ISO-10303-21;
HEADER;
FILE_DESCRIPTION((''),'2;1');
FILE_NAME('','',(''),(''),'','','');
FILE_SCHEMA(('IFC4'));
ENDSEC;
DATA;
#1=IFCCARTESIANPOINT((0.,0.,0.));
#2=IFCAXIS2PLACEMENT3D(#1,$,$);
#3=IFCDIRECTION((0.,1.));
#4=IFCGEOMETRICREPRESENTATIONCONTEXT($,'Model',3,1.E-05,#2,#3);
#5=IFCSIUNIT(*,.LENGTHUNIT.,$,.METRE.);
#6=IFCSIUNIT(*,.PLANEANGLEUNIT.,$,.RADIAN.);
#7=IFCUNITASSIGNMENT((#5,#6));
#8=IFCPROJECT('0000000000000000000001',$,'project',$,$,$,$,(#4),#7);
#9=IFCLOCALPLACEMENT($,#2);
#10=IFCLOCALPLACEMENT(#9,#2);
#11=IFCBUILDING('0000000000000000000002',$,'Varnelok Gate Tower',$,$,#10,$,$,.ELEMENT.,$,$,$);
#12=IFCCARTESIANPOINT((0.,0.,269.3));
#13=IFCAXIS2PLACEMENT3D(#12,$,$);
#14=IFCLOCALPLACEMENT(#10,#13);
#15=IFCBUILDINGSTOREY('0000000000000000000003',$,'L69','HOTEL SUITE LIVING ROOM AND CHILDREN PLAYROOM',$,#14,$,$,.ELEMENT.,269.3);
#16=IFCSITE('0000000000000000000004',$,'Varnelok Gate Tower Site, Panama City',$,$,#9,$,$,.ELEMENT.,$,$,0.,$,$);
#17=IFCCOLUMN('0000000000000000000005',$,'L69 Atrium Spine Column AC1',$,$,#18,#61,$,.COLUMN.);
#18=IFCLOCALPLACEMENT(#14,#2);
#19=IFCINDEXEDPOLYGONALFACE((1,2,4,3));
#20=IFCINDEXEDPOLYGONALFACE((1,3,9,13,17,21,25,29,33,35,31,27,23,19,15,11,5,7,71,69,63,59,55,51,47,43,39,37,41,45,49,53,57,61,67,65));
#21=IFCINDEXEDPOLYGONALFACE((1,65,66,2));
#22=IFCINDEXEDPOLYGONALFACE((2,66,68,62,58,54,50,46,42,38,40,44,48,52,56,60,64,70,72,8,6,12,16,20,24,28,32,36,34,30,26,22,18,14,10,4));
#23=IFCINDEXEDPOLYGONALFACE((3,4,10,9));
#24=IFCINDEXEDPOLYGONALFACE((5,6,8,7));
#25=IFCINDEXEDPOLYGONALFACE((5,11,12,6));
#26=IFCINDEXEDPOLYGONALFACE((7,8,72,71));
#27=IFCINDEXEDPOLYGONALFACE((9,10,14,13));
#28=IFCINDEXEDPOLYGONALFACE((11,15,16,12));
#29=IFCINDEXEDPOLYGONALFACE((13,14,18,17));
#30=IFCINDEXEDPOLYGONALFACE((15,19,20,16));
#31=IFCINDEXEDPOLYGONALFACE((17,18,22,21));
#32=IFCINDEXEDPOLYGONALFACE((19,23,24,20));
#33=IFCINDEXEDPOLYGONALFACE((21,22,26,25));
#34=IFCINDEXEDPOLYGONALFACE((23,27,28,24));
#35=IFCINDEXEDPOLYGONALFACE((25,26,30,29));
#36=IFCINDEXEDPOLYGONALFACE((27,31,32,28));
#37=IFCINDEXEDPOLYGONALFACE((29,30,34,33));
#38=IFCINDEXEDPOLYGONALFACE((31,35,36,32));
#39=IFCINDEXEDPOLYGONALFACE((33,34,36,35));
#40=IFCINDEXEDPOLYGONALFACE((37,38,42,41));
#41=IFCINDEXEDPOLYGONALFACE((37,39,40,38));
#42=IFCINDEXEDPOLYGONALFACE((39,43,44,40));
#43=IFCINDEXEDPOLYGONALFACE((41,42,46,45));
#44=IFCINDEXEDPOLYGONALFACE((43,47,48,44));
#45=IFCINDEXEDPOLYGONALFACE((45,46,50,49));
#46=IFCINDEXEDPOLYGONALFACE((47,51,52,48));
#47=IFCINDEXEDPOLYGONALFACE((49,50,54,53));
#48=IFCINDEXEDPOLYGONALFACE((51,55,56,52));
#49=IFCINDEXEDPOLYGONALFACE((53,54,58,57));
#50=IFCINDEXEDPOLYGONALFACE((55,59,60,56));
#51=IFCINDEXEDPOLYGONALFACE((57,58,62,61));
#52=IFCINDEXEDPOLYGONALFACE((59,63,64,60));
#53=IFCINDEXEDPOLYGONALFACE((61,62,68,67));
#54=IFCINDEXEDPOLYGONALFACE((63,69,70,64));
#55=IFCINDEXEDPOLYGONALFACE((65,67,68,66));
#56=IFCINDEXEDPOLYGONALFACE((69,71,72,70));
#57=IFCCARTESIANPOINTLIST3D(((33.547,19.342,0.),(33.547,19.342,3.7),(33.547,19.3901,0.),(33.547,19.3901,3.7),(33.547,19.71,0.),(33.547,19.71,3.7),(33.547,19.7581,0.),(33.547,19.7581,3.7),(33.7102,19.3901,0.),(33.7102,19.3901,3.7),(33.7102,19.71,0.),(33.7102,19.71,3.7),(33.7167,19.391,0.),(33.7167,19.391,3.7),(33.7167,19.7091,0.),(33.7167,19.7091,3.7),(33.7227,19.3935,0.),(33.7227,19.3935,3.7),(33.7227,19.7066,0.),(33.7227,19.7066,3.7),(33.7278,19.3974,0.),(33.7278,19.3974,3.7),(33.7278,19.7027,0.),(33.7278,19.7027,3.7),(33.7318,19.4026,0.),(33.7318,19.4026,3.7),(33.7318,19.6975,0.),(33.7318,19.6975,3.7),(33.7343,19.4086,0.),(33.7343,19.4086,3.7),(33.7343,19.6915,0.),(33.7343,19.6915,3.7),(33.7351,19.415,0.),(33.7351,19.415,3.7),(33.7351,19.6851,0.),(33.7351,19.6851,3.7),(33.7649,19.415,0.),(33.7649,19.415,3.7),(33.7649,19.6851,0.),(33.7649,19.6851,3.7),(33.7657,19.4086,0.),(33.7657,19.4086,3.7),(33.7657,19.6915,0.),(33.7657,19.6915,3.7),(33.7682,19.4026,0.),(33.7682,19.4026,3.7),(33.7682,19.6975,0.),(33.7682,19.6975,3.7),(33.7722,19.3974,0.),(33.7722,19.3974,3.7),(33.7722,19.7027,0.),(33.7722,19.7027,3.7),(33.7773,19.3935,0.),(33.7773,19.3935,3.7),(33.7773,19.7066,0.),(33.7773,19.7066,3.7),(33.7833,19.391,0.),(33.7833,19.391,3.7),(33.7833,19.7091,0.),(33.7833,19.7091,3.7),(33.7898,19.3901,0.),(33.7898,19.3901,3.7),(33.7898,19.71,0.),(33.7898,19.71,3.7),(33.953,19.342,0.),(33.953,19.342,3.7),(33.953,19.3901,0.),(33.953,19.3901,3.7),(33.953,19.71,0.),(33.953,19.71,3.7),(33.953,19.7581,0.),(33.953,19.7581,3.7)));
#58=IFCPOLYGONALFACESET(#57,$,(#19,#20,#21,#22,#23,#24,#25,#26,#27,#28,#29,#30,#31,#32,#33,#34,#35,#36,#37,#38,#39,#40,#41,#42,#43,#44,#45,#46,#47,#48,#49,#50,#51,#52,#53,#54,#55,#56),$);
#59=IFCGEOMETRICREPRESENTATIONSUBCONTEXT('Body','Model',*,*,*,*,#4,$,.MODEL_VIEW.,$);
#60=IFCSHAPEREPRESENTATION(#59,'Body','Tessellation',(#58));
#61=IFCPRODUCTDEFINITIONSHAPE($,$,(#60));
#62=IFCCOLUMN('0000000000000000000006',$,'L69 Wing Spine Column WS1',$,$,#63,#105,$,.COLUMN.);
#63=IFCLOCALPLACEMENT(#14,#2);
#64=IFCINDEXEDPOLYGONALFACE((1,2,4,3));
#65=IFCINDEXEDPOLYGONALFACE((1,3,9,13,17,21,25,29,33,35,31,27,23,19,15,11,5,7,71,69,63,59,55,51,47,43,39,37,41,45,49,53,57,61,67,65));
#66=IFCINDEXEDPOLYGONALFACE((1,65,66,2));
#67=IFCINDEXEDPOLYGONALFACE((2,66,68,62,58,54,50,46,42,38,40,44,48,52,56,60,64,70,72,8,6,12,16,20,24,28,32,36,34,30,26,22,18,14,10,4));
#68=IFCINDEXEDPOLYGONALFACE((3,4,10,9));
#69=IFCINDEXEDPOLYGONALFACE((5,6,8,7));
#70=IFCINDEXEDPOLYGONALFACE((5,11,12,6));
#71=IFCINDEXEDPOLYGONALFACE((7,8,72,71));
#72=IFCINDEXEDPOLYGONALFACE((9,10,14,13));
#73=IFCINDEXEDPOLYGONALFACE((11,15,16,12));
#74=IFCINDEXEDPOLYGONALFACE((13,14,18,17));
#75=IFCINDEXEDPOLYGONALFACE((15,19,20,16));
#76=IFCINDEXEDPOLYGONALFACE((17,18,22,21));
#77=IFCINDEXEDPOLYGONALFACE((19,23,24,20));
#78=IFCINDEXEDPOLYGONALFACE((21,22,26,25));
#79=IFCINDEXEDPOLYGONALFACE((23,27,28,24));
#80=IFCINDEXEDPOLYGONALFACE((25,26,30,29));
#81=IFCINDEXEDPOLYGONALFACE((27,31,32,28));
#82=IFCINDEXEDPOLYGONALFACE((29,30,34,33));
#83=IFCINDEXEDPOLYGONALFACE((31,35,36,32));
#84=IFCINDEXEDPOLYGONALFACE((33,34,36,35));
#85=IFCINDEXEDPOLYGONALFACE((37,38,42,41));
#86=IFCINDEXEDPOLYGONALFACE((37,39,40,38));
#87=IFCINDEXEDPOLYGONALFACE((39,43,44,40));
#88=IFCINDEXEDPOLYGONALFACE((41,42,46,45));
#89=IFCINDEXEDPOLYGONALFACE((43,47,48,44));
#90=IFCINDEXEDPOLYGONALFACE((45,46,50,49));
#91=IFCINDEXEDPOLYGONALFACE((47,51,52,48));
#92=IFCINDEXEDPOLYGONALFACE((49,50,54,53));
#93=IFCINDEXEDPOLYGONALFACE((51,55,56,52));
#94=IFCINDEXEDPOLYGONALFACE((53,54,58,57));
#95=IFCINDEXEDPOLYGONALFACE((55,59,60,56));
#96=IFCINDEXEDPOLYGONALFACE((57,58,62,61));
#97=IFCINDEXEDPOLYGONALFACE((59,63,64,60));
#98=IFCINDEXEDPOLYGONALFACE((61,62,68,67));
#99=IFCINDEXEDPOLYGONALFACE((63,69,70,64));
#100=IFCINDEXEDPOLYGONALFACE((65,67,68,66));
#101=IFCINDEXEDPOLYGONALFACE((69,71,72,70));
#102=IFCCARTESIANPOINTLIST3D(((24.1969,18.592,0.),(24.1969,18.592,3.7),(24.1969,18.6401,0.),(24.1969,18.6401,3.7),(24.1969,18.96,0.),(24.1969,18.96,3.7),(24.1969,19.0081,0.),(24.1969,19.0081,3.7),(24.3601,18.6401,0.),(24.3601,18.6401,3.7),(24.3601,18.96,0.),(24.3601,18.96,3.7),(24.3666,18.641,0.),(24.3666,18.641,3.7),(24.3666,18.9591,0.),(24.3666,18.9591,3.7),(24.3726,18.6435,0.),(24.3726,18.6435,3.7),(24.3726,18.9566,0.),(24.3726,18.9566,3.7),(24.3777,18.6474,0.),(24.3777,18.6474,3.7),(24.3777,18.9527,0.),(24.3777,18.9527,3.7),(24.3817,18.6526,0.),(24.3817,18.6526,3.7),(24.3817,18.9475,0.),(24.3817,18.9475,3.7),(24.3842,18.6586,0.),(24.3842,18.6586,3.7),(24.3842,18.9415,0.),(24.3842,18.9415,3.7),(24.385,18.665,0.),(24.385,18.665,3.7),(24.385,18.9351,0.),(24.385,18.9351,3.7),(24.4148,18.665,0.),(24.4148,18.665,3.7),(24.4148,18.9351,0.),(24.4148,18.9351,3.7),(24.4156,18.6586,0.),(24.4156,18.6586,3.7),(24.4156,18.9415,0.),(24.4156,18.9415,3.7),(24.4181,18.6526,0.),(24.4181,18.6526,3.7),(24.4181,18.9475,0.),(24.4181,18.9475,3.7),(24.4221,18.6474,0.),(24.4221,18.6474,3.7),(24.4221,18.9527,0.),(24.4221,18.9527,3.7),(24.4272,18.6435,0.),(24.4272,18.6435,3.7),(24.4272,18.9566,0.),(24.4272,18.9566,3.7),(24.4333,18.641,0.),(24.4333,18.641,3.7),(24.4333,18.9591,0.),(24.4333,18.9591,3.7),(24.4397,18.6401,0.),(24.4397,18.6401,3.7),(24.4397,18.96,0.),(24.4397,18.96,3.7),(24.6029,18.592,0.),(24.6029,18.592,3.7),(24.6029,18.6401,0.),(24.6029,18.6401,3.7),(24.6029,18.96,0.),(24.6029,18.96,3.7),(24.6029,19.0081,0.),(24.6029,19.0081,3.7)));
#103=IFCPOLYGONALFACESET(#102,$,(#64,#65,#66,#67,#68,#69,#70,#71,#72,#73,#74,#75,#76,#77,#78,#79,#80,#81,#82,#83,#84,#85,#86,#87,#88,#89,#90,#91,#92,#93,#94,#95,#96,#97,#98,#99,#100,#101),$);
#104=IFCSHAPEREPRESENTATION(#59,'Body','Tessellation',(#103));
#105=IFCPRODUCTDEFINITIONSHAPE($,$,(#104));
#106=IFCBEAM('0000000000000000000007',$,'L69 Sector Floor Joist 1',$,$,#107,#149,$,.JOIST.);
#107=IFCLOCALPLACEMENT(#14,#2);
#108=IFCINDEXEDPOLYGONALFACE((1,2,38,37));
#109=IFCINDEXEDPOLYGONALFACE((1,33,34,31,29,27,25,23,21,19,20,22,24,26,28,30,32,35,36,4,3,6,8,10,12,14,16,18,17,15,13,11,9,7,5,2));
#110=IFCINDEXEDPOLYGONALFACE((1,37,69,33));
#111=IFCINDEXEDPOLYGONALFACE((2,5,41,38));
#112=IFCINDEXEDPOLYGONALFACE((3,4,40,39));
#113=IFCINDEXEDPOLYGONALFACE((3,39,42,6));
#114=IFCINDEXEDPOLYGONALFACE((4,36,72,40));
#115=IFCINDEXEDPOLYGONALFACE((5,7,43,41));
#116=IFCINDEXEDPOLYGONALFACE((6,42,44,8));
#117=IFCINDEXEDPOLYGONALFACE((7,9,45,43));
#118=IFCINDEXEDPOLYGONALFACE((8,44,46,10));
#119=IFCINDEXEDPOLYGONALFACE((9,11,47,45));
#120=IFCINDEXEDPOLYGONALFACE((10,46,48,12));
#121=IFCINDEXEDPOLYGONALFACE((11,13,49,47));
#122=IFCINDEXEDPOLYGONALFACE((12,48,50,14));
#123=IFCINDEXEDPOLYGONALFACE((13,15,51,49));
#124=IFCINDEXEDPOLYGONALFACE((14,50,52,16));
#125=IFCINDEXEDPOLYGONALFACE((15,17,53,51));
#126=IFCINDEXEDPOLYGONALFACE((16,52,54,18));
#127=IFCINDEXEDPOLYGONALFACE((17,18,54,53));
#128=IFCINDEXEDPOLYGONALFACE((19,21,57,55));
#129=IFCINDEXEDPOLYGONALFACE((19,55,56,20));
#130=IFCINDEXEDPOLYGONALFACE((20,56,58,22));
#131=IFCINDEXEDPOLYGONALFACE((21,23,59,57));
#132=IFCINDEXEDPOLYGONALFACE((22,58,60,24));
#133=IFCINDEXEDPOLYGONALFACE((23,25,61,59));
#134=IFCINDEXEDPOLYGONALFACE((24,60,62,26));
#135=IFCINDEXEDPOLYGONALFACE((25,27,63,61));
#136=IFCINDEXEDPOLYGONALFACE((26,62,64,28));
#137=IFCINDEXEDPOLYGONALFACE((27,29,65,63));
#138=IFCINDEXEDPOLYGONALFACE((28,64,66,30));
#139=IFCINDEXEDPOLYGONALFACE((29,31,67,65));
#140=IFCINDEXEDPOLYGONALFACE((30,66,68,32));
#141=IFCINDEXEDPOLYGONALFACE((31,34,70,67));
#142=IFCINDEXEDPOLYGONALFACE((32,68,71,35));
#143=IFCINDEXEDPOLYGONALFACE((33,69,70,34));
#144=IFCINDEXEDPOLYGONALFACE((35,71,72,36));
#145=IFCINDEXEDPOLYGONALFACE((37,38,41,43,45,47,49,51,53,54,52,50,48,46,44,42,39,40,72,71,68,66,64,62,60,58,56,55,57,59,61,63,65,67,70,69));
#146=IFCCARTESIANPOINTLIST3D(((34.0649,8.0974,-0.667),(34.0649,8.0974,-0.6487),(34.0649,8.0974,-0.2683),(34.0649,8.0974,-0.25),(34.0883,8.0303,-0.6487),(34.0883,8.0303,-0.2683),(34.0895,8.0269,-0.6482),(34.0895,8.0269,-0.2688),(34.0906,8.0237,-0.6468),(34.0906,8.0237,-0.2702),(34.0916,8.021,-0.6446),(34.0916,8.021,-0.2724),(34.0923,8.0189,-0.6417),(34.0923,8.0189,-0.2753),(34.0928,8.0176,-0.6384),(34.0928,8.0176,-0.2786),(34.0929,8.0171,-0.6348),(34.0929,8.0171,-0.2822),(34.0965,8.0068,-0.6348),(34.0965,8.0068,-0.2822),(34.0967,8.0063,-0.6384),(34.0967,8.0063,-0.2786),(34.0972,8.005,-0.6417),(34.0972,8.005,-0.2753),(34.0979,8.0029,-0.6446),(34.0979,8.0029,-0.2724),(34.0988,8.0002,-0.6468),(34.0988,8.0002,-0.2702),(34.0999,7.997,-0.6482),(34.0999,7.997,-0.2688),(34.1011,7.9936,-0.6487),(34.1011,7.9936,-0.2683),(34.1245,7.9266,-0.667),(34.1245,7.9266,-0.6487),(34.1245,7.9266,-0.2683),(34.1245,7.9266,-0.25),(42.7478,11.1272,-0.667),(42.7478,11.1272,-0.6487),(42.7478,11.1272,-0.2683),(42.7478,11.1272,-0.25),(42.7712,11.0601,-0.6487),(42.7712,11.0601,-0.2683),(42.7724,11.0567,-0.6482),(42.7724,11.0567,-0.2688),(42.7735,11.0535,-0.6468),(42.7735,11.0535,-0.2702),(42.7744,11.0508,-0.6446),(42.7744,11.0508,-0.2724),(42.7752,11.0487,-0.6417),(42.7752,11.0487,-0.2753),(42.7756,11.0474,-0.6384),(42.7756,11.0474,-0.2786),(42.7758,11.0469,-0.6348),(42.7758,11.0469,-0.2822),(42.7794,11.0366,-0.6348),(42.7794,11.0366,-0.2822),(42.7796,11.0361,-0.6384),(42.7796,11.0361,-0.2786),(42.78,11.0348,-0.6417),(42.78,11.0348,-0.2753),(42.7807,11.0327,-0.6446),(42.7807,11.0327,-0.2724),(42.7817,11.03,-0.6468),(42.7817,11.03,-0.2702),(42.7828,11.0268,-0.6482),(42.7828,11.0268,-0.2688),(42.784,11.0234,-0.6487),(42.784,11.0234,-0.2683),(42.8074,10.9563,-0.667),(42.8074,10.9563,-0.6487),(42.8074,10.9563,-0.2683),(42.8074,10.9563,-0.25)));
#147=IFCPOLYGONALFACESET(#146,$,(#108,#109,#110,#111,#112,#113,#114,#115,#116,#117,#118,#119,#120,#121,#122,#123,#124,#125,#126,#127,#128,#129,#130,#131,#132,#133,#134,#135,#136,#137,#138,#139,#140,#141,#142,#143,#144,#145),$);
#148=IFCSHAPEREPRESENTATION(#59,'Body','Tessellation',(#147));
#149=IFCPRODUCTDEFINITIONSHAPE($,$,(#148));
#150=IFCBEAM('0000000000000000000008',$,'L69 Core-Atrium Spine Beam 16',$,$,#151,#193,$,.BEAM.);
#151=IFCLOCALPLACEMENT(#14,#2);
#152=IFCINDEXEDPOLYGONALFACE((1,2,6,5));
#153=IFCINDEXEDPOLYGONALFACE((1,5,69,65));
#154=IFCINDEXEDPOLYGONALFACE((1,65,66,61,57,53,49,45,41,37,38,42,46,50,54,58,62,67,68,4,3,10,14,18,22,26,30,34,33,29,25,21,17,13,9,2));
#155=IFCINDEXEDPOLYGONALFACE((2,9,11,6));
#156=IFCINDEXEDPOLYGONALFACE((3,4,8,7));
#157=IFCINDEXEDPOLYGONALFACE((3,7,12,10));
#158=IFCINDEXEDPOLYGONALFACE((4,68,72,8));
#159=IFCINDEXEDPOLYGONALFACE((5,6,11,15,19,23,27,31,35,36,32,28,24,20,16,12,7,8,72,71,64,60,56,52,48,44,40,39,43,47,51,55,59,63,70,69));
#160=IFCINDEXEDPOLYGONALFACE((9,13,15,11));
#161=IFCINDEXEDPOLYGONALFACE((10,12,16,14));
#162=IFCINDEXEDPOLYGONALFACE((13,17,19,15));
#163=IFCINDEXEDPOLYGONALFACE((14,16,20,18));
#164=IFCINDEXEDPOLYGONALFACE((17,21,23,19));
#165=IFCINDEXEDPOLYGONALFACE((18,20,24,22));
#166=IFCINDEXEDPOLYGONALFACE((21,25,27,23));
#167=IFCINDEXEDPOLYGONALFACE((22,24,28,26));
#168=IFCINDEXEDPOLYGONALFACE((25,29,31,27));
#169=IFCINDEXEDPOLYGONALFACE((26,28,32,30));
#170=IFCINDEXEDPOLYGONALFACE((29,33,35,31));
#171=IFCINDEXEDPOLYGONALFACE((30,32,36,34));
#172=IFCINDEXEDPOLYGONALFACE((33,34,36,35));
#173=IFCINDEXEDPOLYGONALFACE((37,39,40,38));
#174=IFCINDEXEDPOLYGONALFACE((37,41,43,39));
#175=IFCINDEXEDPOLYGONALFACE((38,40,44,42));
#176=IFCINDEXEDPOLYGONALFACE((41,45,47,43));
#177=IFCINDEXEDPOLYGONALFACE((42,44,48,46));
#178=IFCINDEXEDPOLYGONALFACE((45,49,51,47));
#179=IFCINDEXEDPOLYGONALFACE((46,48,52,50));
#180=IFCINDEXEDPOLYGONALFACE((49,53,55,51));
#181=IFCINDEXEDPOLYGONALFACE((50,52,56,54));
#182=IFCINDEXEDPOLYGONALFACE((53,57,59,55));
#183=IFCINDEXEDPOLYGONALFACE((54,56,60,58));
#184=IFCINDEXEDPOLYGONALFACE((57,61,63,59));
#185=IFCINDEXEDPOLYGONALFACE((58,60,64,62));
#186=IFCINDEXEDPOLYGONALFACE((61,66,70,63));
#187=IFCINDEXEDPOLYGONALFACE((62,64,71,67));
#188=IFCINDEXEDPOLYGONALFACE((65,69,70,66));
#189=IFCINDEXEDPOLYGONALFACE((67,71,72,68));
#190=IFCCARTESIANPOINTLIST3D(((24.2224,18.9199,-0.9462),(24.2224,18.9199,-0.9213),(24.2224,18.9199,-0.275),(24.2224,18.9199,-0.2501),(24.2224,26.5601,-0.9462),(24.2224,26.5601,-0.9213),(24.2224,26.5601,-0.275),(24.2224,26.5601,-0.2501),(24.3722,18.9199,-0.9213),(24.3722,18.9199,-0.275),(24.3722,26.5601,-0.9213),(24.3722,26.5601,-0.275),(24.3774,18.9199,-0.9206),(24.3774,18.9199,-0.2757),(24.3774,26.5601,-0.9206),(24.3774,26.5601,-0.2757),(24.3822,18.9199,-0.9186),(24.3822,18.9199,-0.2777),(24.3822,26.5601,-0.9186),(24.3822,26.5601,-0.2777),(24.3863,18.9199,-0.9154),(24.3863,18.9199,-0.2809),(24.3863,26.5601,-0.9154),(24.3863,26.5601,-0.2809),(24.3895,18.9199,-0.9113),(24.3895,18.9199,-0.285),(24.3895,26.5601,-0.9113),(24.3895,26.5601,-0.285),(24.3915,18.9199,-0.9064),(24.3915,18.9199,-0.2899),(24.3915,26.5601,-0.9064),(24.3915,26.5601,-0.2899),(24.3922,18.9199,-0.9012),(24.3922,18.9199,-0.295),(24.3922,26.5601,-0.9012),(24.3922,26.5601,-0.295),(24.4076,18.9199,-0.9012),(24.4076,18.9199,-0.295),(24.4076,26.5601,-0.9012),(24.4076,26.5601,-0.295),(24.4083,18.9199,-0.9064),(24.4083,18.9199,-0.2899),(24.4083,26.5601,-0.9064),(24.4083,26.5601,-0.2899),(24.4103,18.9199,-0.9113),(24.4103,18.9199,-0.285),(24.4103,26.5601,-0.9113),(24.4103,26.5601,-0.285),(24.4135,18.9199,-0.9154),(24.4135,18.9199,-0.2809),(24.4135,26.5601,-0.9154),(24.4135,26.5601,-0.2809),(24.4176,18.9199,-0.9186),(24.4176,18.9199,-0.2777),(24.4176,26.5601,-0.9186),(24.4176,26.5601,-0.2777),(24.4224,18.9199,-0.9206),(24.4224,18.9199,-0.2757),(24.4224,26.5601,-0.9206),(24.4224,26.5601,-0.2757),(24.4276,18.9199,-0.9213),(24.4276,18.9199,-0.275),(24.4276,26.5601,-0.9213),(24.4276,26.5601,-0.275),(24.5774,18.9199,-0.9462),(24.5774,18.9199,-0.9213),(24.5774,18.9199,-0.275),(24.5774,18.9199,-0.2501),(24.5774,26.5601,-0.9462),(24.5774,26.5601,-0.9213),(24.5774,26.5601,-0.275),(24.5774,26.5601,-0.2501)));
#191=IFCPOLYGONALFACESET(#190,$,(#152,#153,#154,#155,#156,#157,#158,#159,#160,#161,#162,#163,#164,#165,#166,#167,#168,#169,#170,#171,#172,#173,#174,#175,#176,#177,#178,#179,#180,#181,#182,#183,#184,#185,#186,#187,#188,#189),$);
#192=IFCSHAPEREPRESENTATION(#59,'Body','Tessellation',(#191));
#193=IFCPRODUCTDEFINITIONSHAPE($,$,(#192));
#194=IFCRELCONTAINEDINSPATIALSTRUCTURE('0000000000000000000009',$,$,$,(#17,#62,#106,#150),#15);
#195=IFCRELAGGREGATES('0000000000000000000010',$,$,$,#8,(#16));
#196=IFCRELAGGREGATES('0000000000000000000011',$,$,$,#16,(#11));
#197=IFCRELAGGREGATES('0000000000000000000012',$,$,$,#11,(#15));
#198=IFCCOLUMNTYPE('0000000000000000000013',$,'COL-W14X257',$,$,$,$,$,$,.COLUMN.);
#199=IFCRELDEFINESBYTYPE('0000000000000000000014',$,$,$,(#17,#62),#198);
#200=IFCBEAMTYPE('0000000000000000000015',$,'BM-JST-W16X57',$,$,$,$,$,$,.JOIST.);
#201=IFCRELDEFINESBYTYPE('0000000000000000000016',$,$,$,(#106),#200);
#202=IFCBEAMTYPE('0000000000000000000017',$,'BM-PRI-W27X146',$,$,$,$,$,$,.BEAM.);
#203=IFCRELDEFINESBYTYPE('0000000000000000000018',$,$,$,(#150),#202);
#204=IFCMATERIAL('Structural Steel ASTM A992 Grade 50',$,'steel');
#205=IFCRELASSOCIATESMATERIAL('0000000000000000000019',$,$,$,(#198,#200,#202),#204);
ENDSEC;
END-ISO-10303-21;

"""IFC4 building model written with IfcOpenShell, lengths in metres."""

from ifc_helpers import new_model, si_unit, direction, frame, origin, origin_2d, place, context, subcontext, project, spatial, i_section, extrude, material, material_profile, profile_set, type_object, element, save


model = new_model("IFC4")

# Units and contexts
model_context = context("Model", 3, precision=1e-05, world=origin(), true_north=direction((0.0, 1.0)))
body_context = subcontext(model_context, "Body", "Model", "MODEL_VIEW")
ifc_project = project(units=[si_unit("LENGTHUNIT", "METRE"), si_unit("PLANEANGLEUNIT", "RADIAN")], contexts=[model_context])

# Site, building, storey
site_placement = place(None, origin())
site = spatial("IfcSite", under=ifc_project, at=site_placement, Name="Varnelok Gate Tower Site, Panama City", CompositionType="ELEMENT", RefElevation=0.0)
building_placement = place(site_placement, origin())
building = spatial("IfcBuilding", under=site, at=building_placement, Name="Varnelok Gate Tower", CompositionType="ELEMENT")
storey_placement = place(building_placement, frame((0.0, 0.0, 269.3)))
storey = spatial("IfcBuildingStorey", under=building, at=storey_placement, Name="L69", Description="HOTEL SUITE LIVING ROOM AND CHILDREN PLAYROOM", CompositionType="ELEMENT", Elevation=269.3)

# Columns
ifc_material_1 = material(Name="Structural Steel ASTM A992 Grade 50", Category="steel")
ifc_material_profile_1 = material_profile(ifc_material_1, i_section(OverallWidth=0.406, OverallDepth=0.416, WebThickness=0.0298, FlangeThickness=0.0481, FilletRadius=0.0249, at=origin_2d()), Name="W14X257")
ifc_profile_set_1 = profile_set([ifc_material_profile_1], Name="Structural Steel ASTM A992 Grade 50")
column_type = type_object("IfcColumnType", Name="COL-W14X257", PredefinedType="COLUMN", material=ifc_profile_set_1)
for number, where, z_axis, x_axis, name in (
    (1, (33.75, 19.55, 0.0), (0.0, 0.0, 1.0), (1.0, 0.0, 0.0), "L69 Atrium Spine Column AC1"),
    (2, (24.3999, 18.8, 0.0), (0.0, 0.0, 1.0), (1.0, 0.0, 0.0), "L69 Wing Spine Column WS1"),
):
    element("IfcColumn", number, at=place(storey_placement, frame(where, z_axis=z_axis, x_axis=x_axis)), inside=storey, type_object=column_type, Name=name, PredefinedType="COLUMN", context=body_context, shape_type="SweptSolid", body=[
        extrude(i_section(OverallWidth=0.406, OverallDepth=0.416, WebThickness=0.0298, FlangeThickness=0.0481, FilletRadius=0.0249, at=origin_2d()), origin(), (0.0, 0.0, 1.0), 3.7),
    ])

# Beams
ifc_material_profile_2 = material_profile(ifc_material_1, i_section(OverallWidth=0.1809, OverallDepth=0.417, WebThickness=0.011, FlangeThickness=0.0183, FilletRadius=0.0139, at=origin_2d()), Name="W16X57")
ifc_profile_set_2 = profile_set([ifc_material_profile_2], Name="Structural Steel ASTM A992 Grade 50")
beam_type_1 = type_object("IfcBeamType", Name="BM-JST-W16X57", PredefinedType="JOIST", material=ifc_profile_set_2)
beam_1_placement = place(storey_placement, frame((34.0947, 8.012, -0.4585), z_axis=(0.94417, 0.329457, 0.0), x_axis=(-0.329457, 0.94417, 0.0)))
element("IfcBeam", 3, at=beam_1_placement, inside=storey, type_object=beam_type_1, Name="L69 Sector Floor Joist 1", PredefinedType="JOIST", context=body_context, shape_type="SweptSolid", body=[
    extrude(i_section(OverallWidth=0.1809, OverallDepth=0.417, WebThickness=0.011, FlangeThickness=0.0183, FilletRadius=0.0139, at=origin_2d()), origin(), (0.0, 0.0, 1.0), 9.1963),
])
ifc_material_profile_3 = material_profile(ifc_material_1, i_section(OverallWidth=0.355, OverallDepth=0.696, WebThickness=0.0154, FlangeThickness=0.0249, FilletRadius=0.02, at=origin_2d()), Name="W27X146")
ifc_profile_set_3 = profile_set([ifc_material_profile_3], Name="Structural Steel ASTM A992 Grade 50")
beam_type_2 = type_object("IfcBeamType", Name="BM-PRI-W27X146", PredefinedType="BEAM", material=ifc_profile_set_3)
beam_2_placement = place(storey_placement, frame((24.3999, 18.9199, -0.5981), z_axis=(0.0, 1.0, 0.0), x_axis=(-1.0, 0.0, 0.0)))
element("IfcBeam", 4, at=beam_2_placement, inside=storey, type_object=beam_type_2, Name="L69 Core-Atrium Spine Beam 16", PredefinedType="BEAM", context=body_context, shape_type="SweptSolid", body=[
    extrude(i_section(OverallWidth=0.355, OverallDepth=0.696, WebThickness=0.0154, FlangeThickness=0.0249, FilletRadius=0.02, at=origin_2d()), origin(), (0.0, 0.0, 1.0), 7.6401),
])

save(model, "model.ifc")
